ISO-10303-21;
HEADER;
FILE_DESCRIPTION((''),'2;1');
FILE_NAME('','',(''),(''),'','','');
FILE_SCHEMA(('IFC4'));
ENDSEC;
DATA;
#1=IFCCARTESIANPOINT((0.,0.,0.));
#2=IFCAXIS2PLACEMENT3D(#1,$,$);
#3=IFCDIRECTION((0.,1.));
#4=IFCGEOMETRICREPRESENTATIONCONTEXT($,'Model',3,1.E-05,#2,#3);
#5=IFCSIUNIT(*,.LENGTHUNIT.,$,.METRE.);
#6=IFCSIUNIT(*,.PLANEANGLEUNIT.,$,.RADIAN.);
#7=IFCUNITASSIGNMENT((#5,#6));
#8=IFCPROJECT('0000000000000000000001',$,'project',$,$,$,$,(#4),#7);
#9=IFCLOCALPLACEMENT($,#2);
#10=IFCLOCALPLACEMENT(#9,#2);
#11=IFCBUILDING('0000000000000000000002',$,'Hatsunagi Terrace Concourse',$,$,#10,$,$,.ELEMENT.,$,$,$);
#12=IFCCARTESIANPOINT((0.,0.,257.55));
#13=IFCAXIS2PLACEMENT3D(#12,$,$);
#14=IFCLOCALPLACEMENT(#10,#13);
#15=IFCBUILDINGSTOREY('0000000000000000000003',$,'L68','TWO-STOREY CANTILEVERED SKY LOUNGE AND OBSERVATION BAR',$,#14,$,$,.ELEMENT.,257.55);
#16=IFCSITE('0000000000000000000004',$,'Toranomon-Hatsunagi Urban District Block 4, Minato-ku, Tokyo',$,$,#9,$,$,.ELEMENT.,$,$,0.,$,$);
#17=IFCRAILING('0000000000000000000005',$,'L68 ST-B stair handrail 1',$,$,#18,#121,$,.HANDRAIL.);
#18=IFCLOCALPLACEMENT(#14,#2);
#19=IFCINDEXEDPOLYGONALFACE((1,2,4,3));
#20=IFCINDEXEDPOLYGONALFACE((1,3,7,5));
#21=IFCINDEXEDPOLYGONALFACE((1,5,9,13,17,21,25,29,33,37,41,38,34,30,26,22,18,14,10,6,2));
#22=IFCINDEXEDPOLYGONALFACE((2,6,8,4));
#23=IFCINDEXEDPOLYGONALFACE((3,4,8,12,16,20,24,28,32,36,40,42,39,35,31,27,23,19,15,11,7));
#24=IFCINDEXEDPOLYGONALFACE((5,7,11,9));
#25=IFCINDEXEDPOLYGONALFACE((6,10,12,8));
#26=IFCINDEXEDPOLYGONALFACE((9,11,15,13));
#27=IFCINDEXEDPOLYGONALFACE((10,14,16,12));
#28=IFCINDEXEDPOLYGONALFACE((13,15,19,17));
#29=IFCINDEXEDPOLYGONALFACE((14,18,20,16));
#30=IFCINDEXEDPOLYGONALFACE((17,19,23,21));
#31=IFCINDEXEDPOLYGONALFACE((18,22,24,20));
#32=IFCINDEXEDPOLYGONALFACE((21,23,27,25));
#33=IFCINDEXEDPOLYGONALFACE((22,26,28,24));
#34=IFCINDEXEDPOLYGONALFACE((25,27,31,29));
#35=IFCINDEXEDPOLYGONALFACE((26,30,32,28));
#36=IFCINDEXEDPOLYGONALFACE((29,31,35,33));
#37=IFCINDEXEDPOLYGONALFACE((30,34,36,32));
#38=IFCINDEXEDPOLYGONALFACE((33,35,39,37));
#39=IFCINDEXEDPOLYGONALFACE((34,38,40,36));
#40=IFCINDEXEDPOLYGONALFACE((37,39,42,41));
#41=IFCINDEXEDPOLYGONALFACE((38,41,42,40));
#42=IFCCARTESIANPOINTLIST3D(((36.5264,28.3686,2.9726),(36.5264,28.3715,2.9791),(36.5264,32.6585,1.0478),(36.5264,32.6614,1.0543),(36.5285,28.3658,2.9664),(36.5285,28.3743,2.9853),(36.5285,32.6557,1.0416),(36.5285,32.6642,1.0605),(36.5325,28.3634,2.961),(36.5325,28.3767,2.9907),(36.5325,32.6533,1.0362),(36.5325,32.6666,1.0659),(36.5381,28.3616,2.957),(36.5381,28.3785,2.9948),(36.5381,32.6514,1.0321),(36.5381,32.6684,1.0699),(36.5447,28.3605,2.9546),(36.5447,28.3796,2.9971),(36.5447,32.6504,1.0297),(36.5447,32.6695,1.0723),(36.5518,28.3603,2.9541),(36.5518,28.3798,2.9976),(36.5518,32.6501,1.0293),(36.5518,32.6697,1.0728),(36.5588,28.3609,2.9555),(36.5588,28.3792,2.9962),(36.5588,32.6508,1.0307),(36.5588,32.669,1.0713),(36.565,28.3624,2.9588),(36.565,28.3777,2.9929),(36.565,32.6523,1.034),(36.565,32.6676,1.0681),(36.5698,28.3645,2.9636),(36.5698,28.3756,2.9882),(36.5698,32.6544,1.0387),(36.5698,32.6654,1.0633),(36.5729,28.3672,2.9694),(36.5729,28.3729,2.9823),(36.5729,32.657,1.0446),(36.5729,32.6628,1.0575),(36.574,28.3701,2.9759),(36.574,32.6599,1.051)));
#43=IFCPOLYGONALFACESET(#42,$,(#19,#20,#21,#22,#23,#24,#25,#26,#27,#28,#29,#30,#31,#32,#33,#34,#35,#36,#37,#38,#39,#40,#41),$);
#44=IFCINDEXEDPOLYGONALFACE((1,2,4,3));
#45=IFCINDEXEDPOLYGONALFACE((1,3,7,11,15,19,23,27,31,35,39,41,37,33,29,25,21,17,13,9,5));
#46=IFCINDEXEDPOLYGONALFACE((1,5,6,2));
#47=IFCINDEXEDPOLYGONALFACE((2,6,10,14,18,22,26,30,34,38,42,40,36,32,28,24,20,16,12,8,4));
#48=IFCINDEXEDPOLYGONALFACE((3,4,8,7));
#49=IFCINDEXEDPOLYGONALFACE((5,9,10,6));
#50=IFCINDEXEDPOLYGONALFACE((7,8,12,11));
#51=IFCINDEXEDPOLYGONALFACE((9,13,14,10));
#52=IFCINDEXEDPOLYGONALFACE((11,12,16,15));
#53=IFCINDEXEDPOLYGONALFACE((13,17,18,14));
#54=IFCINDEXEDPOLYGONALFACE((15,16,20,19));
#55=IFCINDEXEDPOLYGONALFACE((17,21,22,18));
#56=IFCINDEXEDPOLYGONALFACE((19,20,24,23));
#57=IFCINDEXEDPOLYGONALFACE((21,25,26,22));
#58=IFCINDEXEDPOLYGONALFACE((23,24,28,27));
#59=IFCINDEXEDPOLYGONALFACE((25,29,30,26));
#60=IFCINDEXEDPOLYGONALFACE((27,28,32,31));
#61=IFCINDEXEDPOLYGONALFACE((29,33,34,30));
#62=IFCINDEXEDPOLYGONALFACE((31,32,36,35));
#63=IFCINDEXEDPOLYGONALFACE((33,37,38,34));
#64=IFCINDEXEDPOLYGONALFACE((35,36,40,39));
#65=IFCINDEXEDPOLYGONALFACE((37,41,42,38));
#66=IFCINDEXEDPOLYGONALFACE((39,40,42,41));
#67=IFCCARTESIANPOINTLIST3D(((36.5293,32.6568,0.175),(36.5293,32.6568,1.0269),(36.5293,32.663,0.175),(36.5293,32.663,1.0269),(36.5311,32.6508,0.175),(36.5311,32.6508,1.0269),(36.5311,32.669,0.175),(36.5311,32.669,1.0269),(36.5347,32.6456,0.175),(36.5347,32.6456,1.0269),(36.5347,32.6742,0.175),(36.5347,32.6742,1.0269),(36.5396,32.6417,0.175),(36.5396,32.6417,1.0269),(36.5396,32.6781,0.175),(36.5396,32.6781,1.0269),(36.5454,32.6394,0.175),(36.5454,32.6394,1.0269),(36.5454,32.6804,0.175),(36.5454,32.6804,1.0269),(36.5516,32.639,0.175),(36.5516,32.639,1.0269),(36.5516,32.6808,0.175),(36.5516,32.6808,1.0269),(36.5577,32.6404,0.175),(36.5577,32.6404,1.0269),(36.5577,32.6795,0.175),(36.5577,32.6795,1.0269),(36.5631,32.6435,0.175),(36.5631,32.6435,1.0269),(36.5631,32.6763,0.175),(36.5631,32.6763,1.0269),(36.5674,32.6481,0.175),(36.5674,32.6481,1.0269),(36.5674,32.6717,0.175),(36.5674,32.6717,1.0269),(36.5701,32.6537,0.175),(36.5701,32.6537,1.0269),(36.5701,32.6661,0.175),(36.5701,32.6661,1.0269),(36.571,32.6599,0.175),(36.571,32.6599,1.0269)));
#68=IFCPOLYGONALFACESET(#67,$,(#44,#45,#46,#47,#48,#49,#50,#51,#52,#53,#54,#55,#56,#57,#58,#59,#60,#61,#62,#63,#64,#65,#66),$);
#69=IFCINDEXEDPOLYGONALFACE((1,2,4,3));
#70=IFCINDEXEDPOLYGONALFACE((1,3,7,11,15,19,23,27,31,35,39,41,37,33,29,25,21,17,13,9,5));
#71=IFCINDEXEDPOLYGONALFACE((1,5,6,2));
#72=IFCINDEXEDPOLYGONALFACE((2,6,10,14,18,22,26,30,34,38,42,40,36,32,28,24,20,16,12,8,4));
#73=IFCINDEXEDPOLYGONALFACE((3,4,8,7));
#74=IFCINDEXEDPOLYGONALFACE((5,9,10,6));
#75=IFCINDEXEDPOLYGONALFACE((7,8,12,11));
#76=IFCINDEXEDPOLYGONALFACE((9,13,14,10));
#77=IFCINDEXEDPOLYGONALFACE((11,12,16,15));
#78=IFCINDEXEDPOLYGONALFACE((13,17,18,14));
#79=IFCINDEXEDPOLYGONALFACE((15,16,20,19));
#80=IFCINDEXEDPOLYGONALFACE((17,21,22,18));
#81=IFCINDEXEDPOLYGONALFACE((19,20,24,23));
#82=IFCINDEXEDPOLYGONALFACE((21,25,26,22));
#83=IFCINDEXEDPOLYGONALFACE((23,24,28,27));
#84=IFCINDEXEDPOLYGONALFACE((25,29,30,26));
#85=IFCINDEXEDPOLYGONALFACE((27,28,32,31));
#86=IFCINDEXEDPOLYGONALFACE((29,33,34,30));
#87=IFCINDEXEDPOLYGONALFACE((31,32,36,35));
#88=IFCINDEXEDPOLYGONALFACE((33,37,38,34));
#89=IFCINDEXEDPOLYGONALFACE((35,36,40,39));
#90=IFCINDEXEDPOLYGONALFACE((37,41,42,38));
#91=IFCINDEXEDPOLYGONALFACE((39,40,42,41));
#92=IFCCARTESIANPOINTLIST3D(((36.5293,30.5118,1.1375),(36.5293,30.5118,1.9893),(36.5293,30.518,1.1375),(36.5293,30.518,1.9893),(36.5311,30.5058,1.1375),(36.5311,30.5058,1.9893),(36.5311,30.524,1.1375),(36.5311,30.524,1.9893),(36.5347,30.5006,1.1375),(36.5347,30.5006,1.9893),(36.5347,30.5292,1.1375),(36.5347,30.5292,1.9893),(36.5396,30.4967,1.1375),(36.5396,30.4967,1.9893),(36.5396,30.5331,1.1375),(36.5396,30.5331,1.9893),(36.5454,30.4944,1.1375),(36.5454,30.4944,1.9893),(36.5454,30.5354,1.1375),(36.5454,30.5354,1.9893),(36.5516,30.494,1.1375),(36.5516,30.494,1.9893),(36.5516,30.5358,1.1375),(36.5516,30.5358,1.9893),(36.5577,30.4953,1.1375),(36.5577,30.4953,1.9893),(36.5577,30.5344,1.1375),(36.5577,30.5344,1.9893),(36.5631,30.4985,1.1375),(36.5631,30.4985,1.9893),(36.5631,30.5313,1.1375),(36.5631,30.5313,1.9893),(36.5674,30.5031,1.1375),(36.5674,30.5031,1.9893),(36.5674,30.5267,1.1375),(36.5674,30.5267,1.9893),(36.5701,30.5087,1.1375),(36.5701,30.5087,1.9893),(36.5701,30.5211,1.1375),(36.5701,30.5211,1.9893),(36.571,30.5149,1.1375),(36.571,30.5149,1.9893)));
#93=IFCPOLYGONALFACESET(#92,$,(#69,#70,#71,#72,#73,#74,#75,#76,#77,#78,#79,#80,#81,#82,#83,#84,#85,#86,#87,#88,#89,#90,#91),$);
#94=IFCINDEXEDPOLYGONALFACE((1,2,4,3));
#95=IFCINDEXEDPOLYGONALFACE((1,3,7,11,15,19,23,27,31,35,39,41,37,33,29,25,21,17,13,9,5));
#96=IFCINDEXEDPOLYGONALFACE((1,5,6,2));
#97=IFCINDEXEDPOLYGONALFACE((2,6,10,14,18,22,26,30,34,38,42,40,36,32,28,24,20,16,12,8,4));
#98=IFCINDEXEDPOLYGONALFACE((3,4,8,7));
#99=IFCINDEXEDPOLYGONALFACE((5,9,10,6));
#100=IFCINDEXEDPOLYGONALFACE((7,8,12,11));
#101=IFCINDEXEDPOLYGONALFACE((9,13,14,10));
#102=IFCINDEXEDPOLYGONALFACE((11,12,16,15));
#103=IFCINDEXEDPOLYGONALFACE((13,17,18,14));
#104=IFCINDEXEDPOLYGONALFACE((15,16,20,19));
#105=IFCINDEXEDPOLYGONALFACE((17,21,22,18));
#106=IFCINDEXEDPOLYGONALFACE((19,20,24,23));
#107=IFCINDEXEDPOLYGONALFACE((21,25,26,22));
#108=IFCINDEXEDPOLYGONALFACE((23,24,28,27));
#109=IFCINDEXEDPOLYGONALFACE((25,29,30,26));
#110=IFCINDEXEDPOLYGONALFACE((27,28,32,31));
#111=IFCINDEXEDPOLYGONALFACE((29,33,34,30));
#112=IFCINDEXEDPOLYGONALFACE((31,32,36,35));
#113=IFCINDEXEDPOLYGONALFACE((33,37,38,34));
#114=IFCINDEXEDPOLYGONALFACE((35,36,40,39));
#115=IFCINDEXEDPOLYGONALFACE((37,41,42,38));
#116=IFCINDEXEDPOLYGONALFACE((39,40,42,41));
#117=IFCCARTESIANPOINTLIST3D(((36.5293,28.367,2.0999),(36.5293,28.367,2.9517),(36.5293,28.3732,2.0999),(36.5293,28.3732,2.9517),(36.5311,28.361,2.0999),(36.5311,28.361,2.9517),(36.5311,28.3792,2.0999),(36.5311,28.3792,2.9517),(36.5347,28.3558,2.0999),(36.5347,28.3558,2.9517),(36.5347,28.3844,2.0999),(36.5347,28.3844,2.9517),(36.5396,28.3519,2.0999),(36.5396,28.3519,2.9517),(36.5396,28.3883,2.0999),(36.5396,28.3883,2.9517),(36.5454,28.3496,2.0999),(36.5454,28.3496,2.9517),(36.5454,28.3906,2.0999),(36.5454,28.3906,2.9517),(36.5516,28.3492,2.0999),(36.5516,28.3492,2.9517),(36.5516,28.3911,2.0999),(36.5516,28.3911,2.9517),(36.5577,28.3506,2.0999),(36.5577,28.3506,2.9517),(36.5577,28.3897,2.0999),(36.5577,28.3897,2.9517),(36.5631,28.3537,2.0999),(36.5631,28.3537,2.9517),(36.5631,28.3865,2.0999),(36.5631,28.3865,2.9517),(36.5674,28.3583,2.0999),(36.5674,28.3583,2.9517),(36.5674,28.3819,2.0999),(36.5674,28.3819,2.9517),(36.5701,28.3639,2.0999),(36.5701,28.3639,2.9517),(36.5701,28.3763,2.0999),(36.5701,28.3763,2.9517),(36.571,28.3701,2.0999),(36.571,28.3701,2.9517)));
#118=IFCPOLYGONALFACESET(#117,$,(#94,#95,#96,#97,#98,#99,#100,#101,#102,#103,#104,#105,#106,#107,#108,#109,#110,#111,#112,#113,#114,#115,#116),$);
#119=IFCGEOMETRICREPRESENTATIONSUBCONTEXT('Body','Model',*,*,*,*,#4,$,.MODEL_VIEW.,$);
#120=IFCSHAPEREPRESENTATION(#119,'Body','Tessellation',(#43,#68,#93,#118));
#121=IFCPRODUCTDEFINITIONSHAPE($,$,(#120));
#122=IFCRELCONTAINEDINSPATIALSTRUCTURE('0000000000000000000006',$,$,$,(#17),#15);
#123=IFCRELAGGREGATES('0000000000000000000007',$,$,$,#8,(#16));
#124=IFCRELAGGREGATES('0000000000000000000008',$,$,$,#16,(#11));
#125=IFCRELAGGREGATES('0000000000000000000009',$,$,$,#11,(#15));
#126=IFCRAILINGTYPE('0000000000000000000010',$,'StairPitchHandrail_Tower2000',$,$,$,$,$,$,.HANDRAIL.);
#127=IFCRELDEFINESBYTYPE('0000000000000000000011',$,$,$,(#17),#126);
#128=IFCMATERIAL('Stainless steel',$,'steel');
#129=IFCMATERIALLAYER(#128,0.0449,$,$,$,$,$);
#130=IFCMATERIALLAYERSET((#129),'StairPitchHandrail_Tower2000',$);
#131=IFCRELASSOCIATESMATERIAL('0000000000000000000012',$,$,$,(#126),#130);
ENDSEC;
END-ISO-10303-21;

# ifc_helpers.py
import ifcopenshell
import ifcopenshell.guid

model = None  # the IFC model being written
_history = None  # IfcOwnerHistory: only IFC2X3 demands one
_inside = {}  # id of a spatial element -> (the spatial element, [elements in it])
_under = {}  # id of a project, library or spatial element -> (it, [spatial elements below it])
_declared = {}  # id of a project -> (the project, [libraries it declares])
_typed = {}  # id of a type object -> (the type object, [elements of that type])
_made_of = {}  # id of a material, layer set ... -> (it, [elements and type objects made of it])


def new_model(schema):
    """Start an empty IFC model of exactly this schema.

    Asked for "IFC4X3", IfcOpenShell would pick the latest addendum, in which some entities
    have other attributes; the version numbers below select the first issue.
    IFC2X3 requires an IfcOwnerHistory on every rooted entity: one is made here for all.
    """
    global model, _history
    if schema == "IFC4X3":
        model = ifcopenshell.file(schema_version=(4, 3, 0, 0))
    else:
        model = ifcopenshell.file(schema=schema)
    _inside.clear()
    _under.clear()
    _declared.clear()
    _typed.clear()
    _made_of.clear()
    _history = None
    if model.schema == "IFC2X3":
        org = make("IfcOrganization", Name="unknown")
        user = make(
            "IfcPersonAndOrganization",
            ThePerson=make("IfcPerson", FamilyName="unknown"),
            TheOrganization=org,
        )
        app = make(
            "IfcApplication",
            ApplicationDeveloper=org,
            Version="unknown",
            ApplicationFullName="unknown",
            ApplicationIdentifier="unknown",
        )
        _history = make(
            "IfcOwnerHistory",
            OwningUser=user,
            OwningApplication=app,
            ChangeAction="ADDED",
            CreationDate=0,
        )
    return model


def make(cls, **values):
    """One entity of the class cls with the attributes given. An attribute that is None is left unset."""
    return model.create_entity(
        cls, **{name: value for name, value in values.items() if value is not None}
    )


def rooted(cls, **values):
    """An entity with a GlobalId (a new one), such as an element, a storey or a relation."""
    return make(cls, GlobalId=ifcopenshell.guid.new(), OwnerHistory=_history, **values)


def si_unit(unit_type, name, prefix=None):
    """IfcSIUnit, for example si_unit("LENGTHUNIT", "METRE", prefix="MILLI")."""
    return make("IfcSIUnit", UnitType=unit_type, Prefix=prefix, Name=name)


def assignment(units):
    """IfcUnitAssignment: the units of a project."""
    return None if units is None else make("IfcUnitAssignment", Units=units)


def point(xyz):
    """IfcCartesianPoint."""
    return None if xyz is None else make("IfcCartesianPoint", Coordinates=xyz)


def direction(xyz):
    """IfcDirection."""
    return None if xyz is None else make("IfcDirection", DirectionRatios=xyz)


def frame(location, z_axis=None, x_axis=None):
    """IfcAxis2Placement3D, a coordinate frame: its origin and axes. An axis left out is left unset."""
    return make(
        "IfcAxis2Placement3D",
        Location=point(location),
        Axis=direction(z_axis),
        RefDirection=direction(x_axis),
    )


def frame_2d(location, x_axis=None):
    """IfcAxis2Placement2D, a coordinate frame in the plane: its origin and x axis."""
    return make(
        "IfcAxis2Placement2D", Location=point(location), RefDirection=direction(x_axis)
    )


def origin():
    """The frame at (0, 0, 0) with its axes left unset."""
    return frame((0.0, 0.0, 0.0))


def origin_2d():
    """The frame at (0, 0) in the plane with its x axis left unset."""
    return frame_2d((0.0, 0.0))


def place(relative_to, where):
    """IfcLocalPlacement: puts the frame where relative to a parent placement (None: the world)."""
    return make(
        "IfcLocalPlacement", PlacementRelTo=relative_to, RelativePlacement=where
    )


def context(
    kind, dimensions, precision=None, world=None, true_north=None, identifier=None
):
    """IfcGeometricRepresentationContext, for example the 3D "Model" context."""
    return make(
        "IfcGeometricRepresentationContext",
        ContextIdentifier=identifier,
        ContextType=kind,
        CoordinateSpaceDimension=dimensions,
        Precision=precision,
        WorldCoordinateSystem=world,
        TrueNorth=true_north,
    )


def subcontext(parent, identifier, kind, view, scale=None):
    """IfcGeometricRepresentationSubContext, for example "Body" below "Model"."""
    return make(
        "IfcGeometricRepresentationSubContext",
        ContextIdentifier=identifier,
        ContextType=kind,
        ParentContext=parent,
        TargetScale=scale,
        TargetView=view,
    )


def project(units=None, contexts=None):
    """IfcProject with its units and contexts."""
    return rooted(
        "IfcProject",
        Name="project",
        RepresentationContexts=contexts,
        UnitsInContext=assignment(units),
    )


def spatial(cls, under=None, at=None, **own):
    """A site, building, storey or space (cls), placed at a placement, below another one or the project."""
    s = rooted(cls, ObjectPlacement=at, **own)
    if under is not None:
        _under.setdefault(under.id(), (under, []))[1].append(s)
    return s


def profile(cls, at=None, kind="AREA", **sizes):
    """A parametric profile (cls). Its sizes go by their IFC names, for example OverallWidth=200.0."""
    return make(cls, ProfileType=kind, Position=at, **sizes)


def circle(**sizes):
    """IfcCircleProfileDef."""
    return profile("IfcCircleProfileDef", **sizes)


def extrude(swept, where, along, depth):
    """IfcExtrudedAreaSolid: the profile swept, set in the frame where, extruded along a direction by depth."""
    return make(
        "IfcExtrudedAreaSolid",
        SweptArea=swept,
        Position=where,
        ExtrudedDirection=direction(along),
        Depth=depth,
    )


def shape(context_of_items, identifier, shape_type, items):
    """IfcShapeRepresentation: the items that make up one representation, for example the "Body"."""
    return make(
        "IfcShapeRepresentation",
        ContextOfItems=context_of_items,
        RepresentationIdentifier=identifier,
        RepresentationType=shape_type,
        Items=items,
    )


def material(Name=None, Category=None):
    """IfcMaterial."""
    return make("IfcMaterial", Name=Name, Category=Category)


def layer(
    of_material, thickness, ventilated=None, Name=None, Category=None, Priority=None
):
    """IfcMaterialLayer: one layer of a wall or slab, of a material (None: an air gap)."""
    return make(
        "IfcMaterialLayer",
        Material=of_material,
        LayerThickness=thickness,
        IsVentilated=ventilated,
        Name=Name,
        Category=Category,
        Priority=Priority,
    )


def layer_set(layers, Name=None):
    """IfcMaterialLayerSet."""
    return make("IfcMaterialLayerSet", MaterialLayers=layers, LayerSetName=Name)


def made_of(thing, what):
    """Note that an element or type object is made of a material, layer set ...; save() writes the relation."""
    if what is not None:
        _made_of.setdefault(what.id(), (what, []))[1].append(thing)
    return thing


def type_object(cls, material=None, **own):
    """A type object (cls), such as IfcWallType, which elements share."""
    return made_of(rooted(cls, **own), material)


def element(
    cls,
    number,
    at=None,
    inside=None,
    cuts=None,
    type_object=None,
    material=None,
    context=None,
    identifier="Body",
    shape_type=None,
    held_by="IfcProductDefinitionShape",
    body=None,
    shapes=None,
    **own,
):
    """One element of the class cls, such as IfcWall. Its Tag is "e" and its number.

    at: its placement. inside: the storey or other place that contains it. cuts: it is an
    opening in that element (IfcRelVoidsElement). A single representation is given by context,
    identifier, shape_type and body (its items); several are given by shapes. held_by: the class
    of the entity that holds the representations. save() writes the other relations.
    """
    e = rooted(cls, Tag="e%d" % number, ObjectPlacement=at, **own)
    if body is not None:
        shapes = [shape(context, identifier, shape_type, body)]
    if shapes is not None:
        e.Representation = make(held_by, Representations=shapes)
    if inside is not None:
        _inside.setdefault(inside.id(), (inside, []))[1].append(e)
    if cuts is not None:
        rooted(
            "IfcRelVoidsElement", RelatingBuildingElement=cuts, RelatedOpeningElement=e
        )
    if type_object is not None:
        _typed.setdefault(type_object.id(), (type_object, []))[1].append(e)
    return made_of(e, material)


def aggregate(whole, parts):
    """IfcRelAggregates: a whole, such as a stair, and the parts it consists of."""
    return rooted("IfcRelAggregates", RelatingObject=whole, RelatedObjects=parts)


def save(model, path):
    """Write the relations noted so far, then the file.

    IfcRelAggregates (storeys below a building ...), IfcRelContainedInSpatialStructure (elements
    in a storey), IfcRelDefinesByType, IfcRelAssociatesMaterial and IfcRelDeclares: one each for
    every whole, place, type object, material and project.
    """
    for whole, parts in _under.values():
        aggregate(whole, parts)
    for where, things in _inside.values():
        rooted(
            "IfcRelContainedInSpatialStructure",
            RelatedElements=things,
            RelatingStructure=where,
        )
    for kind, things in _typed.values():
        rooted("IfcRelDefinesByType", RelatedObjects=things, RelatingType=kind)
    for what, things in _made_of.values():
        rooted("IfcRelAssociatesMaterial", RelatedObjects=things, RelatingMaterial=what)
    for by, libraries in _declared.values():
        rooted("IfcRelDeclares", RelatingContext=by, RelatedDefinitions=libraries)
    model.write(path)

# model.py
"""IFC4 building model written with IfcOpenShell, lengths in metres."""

from ifc_helpers import new_model, si_unit, direction, frame, origin, origin_2d, place, context, subcontext, project, spatial, circle, extrude, material, layer, layer_set, type_object, element, save


model = new_model("IFC4")

# Units and contexts
model_context = context("Model", 3, precision=1e-05, world=origin(), true_north=direction((0.0, 1.0)))
body_context = subcontext(model_context, "Body", "Model", "MODEL_VIEW")
ifc_project = project(units=[si_unit("LENGTHUNIT", "METRE"), si_unit("PLANEANGLEUNIT", "RADIAN")], contexts=[model_context])

# Site, building, storey
site_placement = place(None, origin())
site = spatial("IfcSite", under=ifc_project, at=site_placement, Name="Toranomon-Hatsunagi Urban District Block 4, Minato-ku, Tokyo", CompositionType="ELEMENT", RefElevation=0.0)
building_placement = place(site_placement, origin())
building = spatial("IfcBuilding", under=site, at=building_placement, Name="Hatsunagi Terrace Concourse", CompositionType="ELEMENT")
storey_placement = place(building_placement, frame((0.0, 0.0, 257.55)))
storey = spatial("IfcBuildingStorey", under=building, at=storey_placement, Name="L68", Description="TWO-STOREY CANTILEVERED SKY LOUNGE AND OBSERVATION BAR", CompositionType="ELEMENT", Elevation=257.55)

# Railing
ifc_material_1 = material(Name="Stainless steel", Category="steel")
ifc_layer_1 = layer(ifc_material_1, 0.0449)
ifc_layer_set_1 = layer_set([ifc_layer_1], Name="StairPitchHandrail_Tower2000")
railing_type_1 = type_object("IfcRailingType", Name="StairPitchHandrail_Tower2000", PredefinedType="HANDRAIL", material=ifc_layer_set_1)
railing_1_placement = place(storey_placement, frame((36.55, 32.6599, 0.175)))
element("IfcRailing", 1, at=railing_1_placement, inside=storey, type_object=railing_type_1, Name="L68 ST-B stair handrail 1", PredefinedType="HANDRAIL", context=body_context, shape_type="SweptSolid", body=[
    extrude(circle(Radius=0.0239, at=origin_2d()), frame((0.0, 0.0, 0.876), z_axis=(0.0, -0.912367, 0.409373), x_axis=(1.0, 0.0, 0.0)), (0.0, 0.0, 1.0), 4.7019),
    extrude(circle(Radius=0.021, at=origin_2d()), origin(), (0.0, 0.0, 1.0), 0.8518),
    extrude(circle(Radius=0.021, at=origin_2d()), frame((0.0, -2.145, 0.9624)), (0.0, 0.0, 1.0), 0.8518),
    extrude(circle(Radius=0.021, at=origin_2d()), frame((0.0, -4.2898, 1.9248)), (0.0, 0.0, 1.0), 0.8518),
])

save(model, "model.ifc")
